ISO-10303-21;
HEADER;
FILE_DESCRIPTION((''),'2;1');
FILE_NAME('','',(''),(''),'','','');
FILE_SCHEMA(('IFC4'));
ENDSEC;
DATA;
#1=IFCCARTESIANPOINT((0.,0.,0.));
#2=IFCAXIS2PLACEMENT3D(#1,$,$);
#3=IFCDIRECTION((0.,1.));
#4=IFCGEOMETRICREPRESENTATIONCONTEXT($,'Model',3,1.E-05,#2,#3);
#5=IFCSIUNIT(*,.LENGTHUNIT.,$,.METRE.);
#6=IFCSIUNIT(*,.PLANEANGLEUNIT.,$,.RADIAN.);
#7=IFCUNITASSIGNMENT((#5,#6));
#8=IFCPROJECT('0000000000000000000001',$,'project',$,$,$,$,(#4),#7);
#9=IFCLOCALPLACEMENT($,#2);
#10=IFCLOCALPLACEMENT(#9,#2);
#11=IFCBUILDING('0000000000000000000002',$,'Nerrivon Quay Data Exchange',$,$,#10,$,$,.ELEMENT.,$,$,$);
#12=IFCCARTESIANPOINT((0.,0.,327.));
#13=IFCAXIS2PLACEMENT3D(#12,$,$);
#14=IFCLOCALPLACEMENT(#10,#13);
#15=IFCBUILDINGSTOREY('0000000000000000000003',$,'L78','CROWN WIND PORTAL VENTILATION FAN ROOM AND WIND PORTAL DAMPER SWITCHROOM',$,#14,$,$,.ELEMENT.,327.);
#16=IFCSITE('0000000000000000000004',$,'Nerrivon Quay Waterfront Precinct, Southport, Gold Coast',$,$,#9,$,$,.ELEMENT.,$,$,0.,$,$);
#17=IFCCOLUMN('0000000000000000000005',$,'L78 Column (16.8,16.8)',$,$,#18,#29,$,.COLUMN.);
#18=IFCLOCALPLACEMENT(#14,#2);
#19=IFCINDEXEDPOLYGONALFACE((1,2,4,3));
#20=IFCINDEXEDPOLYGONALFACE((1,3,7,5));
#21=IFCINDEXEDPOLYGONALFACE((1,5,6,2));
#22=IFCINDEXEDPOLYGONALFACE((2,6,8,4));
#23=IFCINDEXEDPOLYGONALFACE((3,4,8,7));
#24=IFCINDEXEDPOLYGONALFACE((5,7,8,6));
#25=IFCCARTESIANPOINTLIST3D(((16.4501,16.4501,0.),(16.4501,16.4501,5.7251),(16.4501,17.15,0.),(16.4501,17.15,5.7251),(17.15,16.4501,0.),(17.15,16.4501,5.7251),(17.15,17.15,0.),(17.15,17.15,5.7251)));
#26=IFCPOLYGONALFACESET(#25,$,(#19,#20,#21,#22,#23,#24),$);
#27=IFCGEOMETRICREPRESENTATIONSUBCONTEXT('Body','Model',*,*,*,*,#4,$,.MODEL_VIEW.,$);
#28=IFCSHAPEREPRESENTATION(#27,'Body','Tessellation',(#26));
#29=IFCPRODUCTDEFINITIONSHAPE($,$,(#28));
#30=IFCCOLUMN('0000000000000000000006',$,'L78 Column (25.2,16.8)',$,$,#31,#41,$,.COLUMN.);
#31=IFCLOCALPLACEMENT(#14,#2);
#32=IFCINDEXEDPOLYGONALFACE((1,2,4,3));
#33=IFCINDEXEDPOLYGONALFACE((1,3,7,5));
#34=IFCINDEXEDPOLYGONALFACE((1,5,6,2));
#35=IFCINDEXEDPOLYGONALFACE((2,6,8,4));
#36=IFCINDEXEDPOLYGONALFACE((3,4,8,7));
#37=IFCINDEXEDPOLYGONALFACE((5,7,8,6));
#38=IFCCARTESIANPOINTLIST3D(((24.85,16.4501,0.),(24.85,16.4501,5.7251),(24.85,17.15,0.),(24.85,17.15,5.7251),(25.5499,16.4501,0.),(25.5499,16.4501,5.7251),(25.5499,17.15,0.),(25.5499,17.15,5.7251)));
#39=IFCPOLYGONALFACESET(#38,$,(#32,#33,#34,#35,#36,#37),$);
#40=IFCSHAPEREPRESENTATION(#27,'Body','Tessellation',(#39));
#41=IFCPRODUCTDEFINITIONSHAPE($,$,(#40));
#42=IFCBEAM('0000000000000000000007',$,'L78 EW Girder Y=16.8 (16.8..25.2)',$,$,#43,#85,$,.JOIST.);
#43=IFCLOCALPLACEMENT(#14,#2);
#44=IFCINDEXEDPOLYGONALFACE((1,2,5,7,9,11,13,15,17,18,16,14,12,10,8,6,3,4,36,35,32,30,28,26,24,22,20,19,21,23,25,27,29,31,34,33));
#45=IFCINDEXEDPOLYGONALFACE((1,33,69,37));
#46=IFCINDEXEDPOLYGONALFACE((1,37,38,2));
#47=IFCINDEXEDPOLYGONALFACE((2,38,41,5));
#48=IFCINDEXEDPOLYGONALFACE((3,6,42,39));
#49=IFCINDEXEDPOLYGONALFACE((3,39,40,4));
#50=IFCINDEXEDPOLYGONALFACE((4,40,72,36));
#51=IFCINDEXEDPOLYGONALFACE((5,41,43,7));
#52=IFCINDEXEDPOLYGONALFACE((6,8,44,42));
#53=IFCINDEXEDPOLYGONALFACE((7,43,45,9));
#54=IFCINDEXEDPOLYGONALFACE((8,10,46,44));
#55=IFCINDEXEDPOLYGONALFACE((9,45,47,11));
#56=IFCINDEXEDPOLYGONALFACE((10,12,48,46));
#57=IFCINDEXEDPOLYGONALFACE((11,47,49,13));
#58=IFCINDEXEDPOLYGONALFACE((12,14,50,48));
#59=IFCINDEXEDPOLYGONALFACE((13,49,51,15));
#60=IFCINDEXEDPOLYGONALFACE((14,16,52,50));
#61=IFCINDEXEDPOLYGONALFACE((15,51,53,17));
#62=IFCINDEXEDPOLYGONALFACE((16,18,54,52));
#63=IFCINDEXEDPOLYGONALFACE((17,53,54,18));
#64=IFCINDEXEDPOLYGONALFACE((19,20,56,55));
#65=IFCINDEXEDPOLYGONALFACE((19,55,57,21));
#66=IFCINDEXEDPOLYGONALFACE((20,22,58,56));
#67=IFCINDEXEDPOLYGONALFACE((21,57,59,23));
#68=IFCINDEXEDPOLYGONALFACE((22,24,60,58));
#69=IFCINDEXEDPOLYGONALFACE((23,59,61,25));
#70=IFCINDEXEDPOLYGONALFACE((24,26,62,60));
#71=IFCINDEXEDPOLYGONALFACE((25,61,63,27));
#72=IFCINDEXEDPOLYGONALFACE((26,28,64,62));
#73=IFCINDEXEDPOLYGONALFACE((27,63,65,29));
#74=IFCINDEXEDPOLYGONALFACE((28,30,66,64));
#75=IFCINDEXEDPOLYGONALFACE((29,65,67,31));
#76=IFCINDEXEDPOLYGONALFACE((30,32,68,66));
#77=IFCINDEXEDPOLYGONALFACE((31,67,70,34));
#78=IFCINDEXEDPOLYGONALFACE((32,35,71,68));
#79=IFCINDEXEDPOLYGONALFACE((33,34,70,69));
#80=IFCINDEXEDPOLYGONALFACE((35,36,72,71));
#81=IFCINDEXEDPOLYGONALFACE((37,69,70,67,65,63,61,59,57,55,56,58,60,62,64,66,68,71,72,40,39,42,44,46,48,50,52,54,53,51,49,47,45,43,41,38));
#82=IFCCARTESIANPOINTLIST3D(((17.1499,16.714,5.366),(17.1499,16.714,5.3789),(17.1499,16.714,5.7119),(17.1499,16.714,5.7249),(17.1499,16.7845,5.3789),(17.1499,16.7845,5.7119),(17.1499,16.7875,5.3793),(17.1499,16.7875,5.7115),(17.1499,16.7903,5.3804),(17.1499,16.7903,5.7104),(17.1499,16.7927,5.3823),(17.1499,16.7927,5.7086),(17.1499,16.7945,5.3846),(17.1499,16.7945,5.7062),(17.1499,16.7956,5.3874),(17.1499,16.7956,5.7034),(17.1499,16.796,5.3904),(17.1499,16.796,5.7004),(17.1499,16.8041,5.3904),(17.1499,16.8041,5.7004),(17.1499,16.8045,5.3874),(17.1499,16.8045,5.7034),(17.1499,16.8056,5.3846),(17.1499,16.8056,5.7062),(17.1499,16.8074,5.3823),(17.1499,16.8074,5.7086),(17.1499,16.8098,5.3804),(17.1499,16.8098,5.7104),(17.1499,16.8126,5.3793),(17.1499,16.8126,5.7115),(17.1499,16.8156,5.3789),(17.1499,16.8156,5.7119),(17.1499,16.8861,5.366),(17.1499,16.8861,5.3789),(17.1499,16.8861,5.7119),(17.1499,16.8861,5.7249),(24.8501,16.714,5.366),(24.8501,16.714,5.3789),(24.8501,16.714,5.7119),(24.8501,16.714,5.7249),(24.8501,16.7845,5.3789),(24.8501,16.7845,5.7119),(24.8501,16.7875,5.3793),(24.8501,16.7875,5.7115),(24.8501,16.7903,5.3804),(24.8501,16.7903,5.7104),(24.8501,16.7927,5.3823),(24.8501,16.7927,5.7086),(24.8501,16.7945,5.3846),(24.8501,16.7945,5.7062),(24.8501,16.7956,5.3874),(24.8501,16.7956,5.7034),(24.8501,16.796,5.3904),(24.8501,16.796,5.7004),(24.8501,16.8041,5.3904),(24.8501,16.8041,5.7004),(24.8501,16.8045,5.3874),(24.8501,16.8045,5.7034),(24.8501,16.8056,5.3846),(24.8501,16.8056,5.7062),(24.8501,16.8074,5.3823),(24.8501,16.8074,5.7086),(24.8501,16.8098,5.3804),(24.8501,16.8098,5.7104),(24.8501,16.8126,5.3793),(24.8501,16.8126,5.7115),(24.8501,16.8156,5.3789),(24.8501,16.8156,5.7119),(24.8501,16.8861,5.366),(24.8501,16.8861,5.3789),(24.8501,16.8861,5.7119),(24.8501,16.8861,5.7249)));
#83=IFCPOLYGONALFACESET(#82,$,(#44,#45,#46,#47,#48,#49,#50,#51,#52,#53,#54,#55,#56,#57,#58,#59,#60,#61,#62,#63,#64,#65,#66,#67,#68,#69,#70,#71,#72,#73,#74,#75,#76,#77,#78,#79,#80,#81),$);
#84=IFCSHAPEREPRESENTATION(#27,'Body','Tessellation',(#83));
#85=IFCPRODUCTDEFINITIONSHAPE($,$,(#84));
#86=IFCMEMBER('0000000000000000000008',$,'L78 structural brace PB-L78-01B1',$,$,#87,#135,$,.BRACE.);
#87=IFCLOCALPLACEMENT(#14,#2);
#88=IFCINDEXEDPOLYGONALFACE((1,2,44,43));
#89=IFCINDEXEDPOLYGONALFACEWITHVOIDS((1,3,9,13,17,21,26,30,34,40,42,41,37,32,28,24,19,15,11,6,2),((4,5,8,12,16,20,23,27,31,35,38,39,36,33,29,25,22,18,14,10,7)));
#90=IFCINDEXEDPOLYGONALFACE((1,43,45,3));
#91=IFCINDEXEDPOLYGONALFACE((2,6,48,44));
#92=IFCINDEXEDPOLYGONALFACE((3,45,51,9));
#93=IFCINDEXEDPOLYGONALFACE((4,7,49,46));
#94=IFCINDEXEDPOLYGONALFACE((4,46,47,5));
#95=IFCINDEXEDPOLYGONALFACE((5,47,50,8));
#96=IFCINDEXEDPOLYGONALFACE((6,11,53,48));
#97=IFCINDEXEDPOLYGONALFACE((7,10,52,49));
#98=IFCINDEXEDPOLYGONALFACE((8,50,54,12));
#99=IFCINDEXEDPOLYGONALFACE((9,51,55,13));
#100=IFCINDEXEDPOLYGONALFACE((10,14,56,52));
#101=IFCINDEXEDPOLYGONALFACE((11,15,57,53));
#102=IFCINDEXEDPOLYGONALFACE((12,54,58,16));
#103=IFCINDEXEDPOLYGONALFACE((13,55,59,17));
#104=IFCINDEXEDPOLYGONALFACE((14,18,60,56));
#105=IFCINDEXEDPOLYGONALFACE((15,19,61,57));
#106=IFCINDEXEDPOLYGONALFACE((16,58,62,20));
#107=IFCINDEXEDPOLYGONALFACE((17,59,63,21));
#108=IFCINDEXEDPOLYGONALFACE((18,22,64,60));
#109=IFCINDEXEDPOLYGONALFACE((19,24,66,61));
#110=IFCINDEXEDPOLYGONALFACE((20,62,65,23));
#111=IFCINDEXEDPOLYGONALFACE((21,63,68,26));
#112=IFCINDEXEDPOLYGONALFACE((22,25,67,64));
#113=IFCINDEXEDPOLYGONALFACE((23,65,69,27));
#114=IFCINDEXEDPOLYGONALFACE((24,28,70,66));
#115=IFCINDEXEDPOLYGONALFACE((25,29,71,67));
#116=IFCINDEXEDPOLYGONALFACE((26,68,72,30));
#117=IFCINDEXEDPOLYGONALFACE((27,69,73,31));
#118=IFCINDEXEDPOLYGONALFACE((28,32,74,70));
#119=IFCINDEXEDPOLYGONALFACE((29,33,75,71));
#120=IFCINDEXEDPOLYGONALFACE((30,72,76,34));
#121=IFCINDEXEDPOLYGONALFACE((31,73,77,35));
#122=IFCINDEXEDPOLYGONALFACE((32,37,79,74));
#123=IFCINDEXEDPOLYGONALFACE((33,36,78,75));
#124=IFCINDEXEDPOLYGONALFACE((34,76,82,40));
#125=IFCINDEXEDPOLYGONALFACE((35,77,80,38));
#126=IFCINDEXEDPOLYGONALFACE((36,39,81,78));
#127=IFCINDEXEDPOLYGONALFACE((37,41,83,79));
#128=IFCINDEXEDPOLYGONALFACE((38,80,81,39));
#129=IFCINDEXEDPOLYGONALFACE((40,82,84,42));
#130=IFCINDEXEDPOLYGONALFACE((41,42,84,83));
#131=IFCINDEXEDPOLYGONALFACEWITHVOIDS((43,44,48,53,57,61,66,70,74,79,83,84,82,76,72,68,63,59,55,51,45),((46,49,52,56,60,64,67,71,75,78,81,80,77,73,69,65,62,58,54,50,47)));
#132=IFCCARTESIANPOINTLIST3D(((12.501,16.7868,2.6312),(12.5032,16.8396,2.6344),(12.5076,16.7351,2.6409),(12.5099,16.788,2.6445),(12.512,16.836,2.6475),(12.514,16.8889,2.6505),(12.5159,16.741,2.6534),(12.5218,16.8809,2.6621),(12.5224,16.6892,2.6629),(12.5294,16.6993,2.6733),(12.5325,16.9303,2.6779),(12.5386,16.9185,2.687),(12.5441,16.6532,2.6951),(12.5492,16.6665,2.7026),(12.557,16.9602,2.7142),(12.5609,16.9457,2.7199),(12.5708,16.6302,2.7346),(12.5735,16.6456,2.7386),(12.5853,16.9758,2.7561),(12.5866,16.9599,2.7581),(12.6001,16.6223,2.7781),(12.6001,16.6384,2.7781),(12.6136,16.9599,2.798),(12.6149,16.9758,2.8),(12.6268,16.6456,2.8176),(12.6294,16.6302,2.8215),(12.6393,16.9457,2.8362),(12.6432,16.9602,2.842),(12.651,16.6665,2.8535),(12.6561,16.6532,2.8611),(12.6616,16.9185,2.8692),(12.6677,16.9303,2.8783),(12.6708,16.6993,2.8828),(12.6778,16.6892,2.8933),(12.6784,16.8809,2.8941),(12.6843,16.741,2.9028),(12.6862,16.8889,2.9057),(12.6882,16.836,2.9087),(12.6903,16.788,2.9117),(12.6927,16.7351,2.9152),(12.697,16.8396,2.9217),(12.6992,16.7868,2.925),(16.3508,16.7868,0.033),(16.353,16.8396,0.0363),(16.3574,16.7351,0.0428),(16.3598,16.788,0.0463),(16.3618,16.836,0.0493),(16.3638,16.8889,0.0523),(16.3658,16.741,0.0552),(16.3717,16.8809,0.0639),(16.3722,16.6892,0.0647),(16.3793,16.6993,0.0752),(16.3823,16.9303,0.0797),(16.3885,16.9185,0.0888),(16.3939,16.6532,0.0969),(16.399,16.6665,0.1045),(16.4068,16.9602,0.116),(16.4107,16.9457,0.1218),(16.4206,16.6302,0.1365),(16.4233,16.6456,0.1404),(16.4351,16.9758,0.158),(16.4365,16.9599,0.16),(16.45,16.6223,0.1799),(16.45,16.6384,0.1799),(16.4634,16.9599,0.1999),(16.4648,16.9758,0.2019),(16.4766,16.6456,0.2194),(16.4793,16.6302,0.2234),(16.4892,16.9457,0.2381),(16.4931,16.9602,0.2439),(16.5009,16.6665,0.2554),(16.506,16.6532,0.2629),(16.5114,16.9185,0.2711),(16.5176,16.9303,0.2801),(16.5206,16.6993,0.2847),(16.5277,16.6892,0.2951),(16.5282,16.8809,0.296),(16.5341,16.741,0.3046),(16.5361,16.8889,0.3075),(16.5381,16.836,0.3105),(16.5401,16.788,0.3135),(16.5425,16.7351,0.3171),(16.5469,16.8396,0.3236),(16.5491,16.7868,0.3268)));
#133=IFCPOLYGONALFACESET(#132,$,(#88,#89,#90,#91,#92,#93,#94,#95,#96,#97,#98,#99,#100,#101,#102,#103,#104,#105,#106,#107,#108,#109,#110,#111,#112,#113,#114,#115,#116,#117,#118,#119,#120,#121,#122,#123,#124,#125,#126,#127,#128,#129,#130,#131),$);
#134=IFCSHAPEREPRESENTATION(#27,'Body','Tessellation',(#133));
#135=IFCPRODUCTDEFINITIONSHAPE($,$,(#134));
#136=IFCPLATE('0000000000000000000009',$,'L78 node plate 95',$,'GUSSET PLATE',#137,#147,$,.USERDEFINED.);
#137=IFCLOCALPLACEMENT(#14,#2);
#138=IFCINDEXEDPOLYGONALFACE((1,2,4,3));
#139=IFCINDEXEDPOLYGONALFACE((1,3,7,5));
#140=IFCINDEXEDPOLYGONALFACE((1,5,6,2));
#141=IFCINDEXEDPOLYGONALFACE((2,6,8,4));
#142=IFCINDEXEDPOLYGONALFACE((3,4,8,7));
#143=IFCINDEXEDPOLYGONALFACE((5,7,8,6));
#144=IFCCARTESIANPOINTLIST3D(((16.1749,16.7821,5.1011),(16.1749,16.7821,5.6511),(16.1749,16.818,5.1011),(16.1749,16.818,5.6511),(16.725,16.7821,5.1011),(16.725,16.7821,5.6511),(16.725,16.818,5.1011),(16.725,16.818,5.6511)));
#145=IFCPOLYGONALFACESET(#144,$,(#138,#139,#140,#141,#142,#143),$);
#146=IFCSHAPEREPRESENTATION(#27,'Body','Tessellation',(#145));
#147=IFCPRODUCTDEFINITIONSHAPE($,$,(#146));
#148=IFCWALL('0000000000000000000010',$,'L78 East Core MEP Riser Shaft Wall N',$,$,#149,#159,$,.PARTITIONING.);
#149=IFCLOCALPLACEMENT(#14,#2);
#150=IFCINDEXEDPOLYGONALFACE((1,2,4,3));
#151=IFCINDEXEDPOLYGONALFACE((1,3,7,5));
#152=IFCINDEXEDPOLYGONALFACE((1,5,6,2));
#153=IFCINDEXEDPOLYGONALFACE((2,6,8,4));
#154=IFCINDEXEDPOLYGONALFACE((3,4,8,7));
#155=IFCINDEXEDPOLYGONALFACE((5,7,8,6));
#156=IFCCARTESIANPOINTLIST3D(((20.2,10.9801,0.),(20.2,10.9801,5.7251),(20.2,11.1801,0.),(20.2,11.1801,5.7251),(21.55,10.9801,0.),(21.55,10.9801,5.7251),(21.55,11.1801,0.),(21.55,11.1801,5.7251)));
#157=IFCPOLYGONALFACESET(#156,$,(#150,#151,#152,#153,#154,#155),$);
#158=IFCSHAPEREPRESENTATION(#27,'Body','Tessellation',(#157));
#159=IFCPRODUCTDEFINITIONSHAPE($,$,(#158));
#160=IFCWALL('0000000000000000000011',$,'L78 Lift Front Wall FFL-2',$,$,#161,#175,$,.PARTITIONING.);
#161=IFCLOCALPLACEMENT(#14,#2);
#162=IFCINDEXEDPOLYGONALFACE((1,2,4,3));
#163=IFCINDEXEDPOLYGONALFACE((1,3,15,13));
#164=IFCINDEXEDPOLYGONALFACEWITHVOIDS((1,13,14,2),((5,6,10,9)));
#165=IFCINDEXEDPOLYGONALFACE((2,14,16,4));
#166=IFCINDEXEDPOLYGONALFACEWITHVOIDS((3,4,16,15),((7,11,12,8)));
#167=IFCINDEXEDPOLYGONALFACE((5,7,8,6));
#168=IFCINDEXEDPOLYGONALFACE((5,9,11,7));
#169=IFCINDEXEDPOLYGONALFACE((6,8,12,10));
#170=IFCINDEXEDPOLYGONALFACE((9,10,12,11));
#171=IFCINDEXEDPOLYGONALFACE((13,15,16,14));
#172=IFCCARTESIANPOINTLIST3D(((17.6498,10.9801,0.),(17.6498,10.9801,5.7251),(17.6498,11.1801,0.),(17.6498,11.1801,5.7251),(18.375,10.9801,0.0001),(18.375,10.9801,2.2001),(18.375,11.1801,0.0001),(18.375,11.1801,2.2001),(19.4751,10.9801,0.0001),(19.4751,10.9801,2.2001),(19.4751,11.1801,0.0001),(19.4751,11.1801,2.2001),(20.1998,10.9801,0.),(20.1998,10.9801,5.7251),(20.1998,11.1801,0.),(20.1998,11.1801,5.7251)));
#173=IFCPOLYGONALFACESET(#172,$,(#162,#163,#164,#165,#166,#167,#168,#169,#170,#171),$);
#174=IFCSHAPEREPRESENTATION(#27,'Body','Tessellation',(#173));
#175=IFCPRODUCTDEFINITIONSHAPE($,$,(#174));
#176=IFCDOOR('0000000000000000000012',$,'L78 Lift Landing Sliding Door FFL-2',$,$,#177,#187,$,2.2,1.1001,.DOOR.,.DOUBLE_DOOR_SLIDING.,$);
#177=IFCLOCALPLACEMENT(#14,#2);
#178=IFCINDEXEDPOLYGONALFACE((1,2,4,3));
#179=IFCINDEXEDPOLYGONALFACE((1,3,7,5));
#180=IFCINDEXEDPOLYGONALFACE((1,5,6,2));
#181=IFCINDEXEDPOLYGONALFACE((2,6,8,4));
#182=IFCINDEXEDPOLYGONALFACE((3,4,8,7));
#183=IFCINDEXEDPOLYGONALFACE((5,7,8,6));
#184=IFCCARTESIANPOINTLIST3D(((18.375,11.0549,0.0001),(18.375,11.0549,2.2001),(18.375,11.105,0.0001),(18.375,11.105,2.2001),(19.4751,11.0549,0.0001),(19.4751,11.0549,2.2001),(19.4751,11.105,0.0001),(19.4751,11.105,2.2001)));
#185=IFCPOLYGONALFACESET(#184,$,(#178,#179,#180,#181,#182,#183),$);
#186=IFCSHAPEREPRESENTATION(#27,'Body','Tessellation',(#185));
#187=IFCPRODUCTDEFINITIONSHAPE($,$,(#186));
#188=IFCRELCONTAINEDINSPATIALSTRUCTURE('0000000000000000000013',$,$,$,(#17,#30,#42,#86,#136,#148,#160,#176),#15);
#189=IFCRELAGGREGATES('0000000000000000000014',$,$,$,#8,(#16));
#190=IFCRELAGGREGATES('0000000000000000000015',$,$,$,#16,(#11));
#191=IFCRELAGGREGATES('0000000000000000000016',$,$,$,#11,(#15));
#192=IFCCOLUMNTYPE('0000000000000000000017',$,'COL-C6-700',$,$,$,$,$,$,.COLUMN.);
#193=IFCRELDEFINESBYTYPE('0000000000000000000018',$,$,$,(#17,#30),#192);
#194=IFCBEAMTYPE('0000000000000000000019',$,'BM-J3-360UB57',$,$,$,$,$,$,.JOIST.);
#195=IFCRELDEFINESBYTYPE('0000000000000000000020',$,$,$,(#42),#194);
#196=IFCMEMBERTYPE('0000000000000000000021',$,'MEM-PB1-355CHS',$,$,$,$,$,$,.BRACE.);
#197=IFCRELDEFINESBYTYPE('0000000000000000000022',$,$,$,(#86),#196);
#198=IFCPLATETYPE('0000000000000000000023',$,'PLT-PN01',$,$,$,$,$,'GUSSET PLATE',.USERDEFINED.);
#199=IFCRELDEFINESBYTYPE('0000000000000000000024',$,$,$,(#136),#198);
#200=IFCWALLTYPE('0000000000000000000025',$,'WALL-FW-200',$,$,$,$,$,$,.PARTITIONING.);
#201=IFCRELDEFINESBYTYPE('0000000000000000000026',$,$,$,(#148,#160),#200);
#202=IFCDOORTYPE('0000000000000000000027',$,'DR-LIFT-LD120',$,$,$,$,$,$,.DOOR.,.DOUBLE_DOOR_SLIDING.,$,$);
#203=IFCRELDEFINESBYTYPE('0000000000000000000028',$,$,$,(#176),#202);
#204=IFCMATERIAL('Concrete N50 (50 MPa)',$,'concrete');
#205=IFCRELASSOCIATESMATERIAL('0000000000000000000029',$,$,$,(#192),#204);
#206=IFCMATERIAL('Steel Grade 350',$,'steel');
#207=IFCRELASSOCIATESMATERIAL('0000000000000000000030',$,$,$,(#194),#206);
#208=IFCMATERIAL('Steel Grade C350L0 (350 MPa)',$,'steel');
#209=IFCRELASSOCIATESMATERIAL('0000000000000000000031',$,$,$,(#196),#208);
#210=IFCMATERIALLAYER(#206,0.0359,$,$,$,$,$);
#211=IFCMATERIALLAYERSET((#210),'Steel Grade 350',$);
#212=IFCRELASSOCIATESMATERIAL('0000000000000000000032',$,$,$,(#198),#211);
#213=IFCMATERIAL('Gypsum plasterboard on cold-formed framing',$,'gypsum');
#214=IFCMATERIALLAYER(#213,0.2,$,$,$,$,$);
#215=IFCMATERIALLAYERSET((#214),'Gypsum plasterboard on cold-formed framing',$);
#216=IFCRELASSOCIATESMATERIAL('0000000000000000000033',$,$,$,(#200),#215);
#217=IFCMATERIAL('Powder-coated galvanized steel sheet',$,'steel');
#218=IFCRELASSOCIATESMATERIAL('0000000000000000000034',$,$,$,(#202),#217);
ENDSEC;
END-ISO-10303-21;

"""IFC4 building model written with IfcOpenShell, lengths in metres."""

from ifc_helpers import new_model, si_unit, direction, frame, frame_2d, origin, origin_2d, place, context, subcontext, project, spatial, rectangle, hollow_circle, i_section, extrude, material, layer, layer_set, material_profile, profile_set, type_object, element, fill, save


model = new_model("IFC4")

# Units and contexts
model_context = context("Model", 3, precision=1e-05, world=origin(), true_north=direction((0.0, 1.0)))
body_context = subcontext(model_context, "Body", "Model", "MODEL_VIEW")
ifc_project = project(units=[si_unit("LENGTHUNIT", "METRE"), si_unit("PLANEANGLEUNIT", "RADIAN")], contexts=[model_context])

# Site, building, storey
site_placement = place(None, origin())
site = spatial("IfcSite", under=ifc_project, at=site_placement, Name="Nerrivon Quay Waterfront Precinct, Southport, Gold Coast", CompositionType="ELEMENT", RefElevation=0.0)
building_placement = place(site_placement, origin())
building = spatial("IfcBuilding", under=site, at=building_placement, Name="Nerrivon Quay Data Exchange", CompositionType="ELEMENT")
storey_placement = place(building_placement, frame((0.0, 0.0, 327.0)))
storey = spatial("IfcBuildingStorey", under=building, at=storey_placement, Name="L78", Description="CROWN WIND PORTAL VENTILATION FAN ROOM AND WIND PORTAL DAMPER SWITCHROOM", CompositionType="ELEMENT", Elevation=327.0)

# Columns
ifc_material_1 = material(Name="Concrete N50 (50 MPa)", Category="concrete")
ifc_material_profile_1 = material_profile(ifc_material_1, rectangle(XDim=0.7, YDim=0.7, at=origin_2d()), Name="RC-COL-700x700")
ifc_profile_set_1 = profile_set([ifc_material_profile_1], Name="Concrete N50 (50 MPa)")
column_type = type_object("IfcColumnType", Name="COL-C6-700", PredefinedType="COLUMN", material=ifc_profile_set_1)
for number, where, z_axis, x_axis, name in (
    (1, (16.8, 16.8, 0.0), (0.0, 0.0, 1.0), (1.0, 0.0, 0.0), "L78 Column (16.8,16.8)"),
    (2, (25.2, 16.8, 0.0), (0.0, 0.0, 1.0), (1.0, 0.0, 0.0), "L78 Column (25.2,16.8)"),
):
    element("IfcColumn", number, at=place(storey_placement, frame(where, z_axis=z_axis, x_axis=x_axis)), inside=storey, type_object=column_type, Name=name, PredefinedType="COLUMN", context=body_context, shape_type="SweptSolid", body=[
        extrude(rectangle(XDim=0.7, YDim=0.7, at=origin_2d()), origin(), (0.0, 0.0, 1.0), 5.7251),
    ])

# Beam
ifc_material_2 = material(Name="Steel Grade 350", Category="steel")
ifc_material_profile_2 = material_profile(ifc_material_2, i_section(OverallWidth=0.1721, OverallDepth=0.3589, WebThickness=0.0081, FlangeThickness=0.0129, FilletRadius=0.0115, at=origin_2d()), Name="360UB56.7")
ifc_profile_set_2 = profile_set([ifc_material_profile_2], Name="Steel Grade 350")
beam_type = type_object("IfcBeamType", Name="BM-J3-360UB57", PredefinedType="JOIST", material=ifc_profile_set_2)
beam_placement = place(storey_placement, frame((17.1499, 16.8, 5.5454), z_axis=(1.0, 0.0, 0.0), x_axis=(0.0, 1.0, 0.0)))
element("IfcBeam", 3, at=beam_placement, inside=storey, type_object=beam_type, Name="L78 EW Girder Y=16.8 (16.8..25.2)", PredefinedType="JOIST", context=body_context, shape_type="SweptSolid", body=[
    extrude(i_section(OverallWidth=0.1721, OverallDepth=0.3589, WebThickness=0.0081, FlangeThickness=0.0129, FilletRadius=0.0115, at=origin_2d()), origin(), (0.0, 0.0, 1.0), 7.7002),
])

# Member
ifc_material_3 = material(Name="Steel Grade C350L0 (350 MPa)", Category="steel")
ifc_material_profile_3 = material_profile(ifc_material_3, hollow_circle(Radius=0.1777, WallThickness=0.0161, at=origin_2d()), Name="355.6x16.0CHS")
ifc_profile_set_3 = profile_set([ifc_material_profile_3], Name="Steel Grade C350L0 (350 MPa)")
member_type = type_object("IfcMemberType", Name="MEM-PB1-355CHS", PredefinedType="BRACE", material=ifc_profile_set_3)
member_placement = place(storey_placement, frame((16.45, 16.8, 0.1799), z_axis=(-0.828899, 0.0, 0.559398), x_axis=(0.0, -1.0, 0.0)))
element("IfcMember", 4, at=member_placement, inside=storey, type_object=member_type, Name="L78 structural brace PB-L78-01B1", PredefinedType="BRACE", context=body_context, shape_type="SweptSolid", body=[
    extrude(hollow_circle(Radius=0.1777, WallThickness=0.0161, at=origin_2d()), origin(), (0.0, 0.0, 1.0), 4.6445),
])

# Plate
ifc_layer_1 = layer(ifc_material_2, 0.0359)
ifc_layer_set_1 = layer_set([ifc_layer_1], Name="Steel Grade 350")
plate_type = type_object("IfcPlateType", Name="PLT-PN01", ElementType="GUSSET PLATE", PredefinedType="USERDEFINED", material=ifc_layer_set_1)
plate_placement = place(storey_placement, frame((16.45, 16.8, 5.1011), z_axis=(0.0, 0.0, 1.0), x_axis=(1.0, 0.0, 0.0)))
element("IfcPlate", 5, at=plate_placement, inside=storey, type_object=plate_type, Name="L78 node plate 95", ObjectType="GUSSET PLATE", PredefinedType="USERDEFINED", context=body_context, shape_type="SweptSolid", body=[
    extrude(rectangle(XDim=0.55, YDim=0.0359, at=origin_2d()), origin(), (0.0, 0.0, 1.0), 0.55),
])

# Shared definitions
ifc_material_4 = material(Name="Powder-coated galvanized steel sheet", Category="steel")

# Wall
ifc_material_5 = material(Name="Gypsum plasterboard on cold-formed framing", Category="gypsum")
ifc_layer_2 = layer(ifc_material_5, 0.2)
ifc_layer_set_2 = layer_set([ifc_layer_2], Name="Gypsum plasterboard on cold-formed framing")
wall_type_1 = type_object("IfcWallType", Name="WALL-FW-200", PredefinedType="PARTITIONING", material=ifc_layer_set_2)
wall_1_placement = place(storey_placement, frame((20.2, 11.0801, 0.0), z_axis=(0.0, 0.0, 1.0), x_axis=(1.0, 0.0, 0.0)))
element("IfcWall", 6, at=wall_1_placement, inside=storey, type_object=wall_type_1, Name="L78 East Core MEP Riser Shaft Wall N", PredefinedType="PARTITIONING", context=body_context, shape_type="SweptSolid", body=[
    extrude(rectangle(XDim=1.3501, YDim=0.2, at=frame_2d((0.675, 0.0))), origin(), (0.0, 0.0, 1.0), 5.7251),
])

# Wall, opening, door
wall_2_placement = place(storey_placement, frame((17.6499, 11.0801, 0.0), z_axis=(0.0, 0.0, 1.0), x_axis=(1.0, 0.0, 0.0)))
wall_2 = element("IfcWall", 7, at=wall_2_placement, inside=storey, type_object=wall_type_1, Name="L78 Lift Front Wall FFL-2", PredefinedType="PARTITIONING", context=body_context, shape_type="SweptSolid", body=[
    extrude(rectangle(XDim=2.55, YDim=0.2, at=frame_2d((1.2749, 0.0))), origin(), (0.0, 0.0, 1.0), 5.7251),
])
opening_1_placement = place(wall_2_placement, frame((0.7251, 0.0, 0.0)))
opening_1 = element("IfcOpeningElement", 8, at=opening_1_placement, cuts=wall_2, PredefinedType="OPENING", context=body_context, shape_type="SweptSolid", body=[
    extrude(rectangle(XDim=1.1001, YDim=2.2, at=frame_2d((0.55, 1.1001))), frame((0.0, 0.1099, 0.0), z_axis=(0.0, -1.0, 0.0), x_axis=(1.0, 0.0, 0.0)), (0.0, 0.0, 1.0), 0.22),
])
door_type_1 = type_object("IfcDoorType", Name="DR-LIFT-LD120", OperationType="DOUBLE_DOOR_SLIDING", PredefinedType="DOOR", material=ifc_material_4)
door_1_placement = place(opening_1_placement, origin())
door_1 = element("IfcDoor", 9, at=door_1_placement, inside=storey, type_object=door_type_1, Name="L78 Lift Landing Sliding Door FFL-2", OperationType="DOUBLE_DOOR_SLIDING", OverallHeight=2.2, OverallWidth=1.1001, PredefinedType="DOOR", context=body_context, shape_type="SweptSolid", body=[
    extrude(rectangle(XDim=1.1001, YDim=2.2, at=frame_2d((0.55, 1.1001))), frame((0.0, 0.0249, 0.0), z_axis=(0.0, -1.0, 0.0), x_axis=(1.0, 0.0, 0.0)), (0.0, 0.0, 1.0), 0.05),
])
fill(opening_1, door_1)

save(model, "model.ifc")
